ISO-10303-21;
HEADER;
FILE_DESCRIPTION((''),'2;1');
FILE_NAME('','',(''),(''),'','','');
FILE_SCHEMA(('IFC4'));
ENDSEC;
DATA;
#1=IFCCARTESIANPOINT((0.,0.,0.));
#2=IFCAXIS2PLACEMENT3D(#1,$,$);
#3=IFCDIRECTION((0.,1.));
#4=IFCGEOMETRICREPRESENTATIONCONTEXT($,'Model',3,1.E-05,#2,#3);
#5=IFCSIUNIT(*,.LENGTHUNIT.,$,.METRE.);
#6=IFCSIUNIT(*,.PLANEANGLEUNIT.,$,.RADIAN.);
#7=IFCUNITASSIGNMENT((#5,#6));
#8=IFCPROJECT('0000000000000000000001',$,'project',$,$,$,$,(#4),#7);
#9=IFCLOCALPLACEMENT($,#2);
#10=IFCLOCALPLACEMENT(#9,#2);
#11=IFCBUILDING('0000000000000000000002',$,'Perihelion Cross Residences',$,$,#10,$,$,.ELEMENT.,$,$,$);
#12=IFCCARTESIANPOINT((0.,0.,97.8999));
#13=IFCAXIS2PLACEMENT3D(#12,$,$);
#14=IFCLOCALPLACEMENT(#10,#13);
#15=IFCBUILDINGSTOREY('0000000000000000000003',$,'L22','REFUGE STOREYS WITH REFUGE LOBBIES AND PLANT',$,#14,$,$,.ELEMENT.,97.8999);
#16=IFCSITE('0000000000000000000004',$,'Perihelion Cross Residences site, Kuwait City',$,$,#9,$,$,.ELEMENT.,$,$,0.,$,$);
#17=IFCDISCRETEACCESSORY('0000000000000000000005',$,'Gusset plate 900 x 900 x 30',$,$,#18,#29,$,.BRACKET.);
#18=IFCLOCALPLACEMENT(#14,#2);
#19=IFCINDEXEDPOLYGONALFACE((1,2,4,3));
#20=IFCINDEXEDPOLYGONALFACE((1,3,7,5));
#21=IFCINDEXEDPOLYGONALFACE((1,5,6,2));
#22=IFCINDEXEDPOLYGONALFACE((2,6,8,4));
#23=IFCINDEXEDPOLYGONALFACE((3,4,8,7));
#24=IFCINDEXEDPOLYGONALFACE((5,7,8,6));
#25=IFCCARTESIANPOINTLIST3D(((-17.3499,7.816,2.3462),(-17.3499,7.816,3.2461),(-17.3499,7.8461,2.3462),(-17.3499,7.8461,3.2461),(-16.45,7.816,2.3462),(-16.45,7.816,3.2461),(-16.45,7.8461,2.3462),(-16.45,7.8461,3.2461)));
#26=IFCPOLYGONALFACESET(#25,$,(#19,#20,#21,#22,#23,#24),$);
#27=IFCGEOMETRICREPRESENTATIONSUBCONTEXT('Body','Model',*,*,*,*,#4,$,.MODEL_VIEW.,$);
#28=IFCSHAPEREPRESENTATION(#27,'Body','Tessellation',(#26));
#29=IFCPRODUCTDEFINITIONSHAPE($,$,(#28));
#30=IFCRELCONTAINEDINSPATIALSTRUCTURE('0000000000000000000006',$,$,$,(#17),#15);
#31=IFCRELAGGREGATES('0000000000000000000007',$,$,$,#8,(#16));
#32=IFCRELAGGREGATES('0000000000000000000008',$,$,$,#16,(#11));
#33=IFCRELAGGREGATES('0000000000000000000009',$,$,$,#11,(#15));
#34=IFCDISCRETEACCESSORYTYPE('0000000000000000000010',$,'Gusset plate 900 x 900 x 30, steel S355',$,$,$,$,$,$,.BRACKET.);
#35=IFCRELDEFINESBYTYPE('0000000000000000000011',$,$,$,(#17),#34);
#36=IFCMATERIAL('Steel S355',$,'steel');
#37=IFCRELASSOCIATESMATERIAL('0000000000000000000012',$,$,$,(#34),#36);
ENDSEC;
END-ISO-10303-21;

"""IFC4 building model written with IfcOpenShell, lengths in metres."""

from ifc_helpers import new_model, si_unit, direction, frame, origin, origin_2d, place, context, subcontext, project, spatial, rectangle, extrude, material, type_object, element, save


model = new_model("IFC4")

# Units and contexts
model_context = context("Model", 3, precision=1e-05, world=origin(), true_north=direction((0.0, 1.0)))
body_context = subcontext(model_context, "Body", "Model", "MODEL_VIEW")
ifc_project = project(units=[si_unit("LENGTHUNIT", "METRE"), si_unit("PLANEANGLEUNIT", "RADIAN")], contexts=[model_context])

# Site, building, storey
site_placement = place(None, origin())
site = spatial("IfcSite", under=ifc_project, at=site_placement, Name="Perihelion Cross Residences site, Kuwait City", CompositionType="ELEMENT", RefElevation=0.0)
building_placement = place(site_placement, origin())
building = spatial("IfcBuilding", under=site, at=building_placement, Name="Perihelion Cross Residences", CompositionType="ELEMENT")
storey_placement = place(building_placement, frame((0.0, 0.0, 97.8999)))
storey = spatial("IfcBuildingStorey", under=building, at=storey_placement, Name="L22", Description="REFUGE STOREYS WITH REFUGE LOBBIES AND PLANT", CompositionType="ELEMENT", Elevation=97.8999)

# Discrete accessory
ifc_material_1 = material(Name="Steel S355", Category="steel")
discrete_accessory_type = type_object("IfcDiscreteAccessoryType", Name="Gusset plate 900 x 900 x 30, steel S355", PredefinedType="BRACKET", material=ifc_material_1)
for number, where, z_axis, x_axis, name in (
    (1, (-16.8999, 7.8311, 2.3462), (0.0, 0.0, 1.0), (1.0, 0.0, 0.0), "Gusset plate 900 x 900 x 30"),
):
    element("IfcDiscreteAccessory", number, at=place(storey_placement, frame(where, z_axis=z_axis, x_axis=x_axis)), inside=storey, type_object=discrete_accessory_type, Name=name, PredefinedType="BRACKET", context=body_context, shape_type="SweptSolid", body=[
        extrude(rectangle(XDim=0.8999, YDim=0.03, at=origin_2d()), origin(), (0.0, 0.0, 1.0), 0.8999),
    ])

save(model, "model.ifc")
